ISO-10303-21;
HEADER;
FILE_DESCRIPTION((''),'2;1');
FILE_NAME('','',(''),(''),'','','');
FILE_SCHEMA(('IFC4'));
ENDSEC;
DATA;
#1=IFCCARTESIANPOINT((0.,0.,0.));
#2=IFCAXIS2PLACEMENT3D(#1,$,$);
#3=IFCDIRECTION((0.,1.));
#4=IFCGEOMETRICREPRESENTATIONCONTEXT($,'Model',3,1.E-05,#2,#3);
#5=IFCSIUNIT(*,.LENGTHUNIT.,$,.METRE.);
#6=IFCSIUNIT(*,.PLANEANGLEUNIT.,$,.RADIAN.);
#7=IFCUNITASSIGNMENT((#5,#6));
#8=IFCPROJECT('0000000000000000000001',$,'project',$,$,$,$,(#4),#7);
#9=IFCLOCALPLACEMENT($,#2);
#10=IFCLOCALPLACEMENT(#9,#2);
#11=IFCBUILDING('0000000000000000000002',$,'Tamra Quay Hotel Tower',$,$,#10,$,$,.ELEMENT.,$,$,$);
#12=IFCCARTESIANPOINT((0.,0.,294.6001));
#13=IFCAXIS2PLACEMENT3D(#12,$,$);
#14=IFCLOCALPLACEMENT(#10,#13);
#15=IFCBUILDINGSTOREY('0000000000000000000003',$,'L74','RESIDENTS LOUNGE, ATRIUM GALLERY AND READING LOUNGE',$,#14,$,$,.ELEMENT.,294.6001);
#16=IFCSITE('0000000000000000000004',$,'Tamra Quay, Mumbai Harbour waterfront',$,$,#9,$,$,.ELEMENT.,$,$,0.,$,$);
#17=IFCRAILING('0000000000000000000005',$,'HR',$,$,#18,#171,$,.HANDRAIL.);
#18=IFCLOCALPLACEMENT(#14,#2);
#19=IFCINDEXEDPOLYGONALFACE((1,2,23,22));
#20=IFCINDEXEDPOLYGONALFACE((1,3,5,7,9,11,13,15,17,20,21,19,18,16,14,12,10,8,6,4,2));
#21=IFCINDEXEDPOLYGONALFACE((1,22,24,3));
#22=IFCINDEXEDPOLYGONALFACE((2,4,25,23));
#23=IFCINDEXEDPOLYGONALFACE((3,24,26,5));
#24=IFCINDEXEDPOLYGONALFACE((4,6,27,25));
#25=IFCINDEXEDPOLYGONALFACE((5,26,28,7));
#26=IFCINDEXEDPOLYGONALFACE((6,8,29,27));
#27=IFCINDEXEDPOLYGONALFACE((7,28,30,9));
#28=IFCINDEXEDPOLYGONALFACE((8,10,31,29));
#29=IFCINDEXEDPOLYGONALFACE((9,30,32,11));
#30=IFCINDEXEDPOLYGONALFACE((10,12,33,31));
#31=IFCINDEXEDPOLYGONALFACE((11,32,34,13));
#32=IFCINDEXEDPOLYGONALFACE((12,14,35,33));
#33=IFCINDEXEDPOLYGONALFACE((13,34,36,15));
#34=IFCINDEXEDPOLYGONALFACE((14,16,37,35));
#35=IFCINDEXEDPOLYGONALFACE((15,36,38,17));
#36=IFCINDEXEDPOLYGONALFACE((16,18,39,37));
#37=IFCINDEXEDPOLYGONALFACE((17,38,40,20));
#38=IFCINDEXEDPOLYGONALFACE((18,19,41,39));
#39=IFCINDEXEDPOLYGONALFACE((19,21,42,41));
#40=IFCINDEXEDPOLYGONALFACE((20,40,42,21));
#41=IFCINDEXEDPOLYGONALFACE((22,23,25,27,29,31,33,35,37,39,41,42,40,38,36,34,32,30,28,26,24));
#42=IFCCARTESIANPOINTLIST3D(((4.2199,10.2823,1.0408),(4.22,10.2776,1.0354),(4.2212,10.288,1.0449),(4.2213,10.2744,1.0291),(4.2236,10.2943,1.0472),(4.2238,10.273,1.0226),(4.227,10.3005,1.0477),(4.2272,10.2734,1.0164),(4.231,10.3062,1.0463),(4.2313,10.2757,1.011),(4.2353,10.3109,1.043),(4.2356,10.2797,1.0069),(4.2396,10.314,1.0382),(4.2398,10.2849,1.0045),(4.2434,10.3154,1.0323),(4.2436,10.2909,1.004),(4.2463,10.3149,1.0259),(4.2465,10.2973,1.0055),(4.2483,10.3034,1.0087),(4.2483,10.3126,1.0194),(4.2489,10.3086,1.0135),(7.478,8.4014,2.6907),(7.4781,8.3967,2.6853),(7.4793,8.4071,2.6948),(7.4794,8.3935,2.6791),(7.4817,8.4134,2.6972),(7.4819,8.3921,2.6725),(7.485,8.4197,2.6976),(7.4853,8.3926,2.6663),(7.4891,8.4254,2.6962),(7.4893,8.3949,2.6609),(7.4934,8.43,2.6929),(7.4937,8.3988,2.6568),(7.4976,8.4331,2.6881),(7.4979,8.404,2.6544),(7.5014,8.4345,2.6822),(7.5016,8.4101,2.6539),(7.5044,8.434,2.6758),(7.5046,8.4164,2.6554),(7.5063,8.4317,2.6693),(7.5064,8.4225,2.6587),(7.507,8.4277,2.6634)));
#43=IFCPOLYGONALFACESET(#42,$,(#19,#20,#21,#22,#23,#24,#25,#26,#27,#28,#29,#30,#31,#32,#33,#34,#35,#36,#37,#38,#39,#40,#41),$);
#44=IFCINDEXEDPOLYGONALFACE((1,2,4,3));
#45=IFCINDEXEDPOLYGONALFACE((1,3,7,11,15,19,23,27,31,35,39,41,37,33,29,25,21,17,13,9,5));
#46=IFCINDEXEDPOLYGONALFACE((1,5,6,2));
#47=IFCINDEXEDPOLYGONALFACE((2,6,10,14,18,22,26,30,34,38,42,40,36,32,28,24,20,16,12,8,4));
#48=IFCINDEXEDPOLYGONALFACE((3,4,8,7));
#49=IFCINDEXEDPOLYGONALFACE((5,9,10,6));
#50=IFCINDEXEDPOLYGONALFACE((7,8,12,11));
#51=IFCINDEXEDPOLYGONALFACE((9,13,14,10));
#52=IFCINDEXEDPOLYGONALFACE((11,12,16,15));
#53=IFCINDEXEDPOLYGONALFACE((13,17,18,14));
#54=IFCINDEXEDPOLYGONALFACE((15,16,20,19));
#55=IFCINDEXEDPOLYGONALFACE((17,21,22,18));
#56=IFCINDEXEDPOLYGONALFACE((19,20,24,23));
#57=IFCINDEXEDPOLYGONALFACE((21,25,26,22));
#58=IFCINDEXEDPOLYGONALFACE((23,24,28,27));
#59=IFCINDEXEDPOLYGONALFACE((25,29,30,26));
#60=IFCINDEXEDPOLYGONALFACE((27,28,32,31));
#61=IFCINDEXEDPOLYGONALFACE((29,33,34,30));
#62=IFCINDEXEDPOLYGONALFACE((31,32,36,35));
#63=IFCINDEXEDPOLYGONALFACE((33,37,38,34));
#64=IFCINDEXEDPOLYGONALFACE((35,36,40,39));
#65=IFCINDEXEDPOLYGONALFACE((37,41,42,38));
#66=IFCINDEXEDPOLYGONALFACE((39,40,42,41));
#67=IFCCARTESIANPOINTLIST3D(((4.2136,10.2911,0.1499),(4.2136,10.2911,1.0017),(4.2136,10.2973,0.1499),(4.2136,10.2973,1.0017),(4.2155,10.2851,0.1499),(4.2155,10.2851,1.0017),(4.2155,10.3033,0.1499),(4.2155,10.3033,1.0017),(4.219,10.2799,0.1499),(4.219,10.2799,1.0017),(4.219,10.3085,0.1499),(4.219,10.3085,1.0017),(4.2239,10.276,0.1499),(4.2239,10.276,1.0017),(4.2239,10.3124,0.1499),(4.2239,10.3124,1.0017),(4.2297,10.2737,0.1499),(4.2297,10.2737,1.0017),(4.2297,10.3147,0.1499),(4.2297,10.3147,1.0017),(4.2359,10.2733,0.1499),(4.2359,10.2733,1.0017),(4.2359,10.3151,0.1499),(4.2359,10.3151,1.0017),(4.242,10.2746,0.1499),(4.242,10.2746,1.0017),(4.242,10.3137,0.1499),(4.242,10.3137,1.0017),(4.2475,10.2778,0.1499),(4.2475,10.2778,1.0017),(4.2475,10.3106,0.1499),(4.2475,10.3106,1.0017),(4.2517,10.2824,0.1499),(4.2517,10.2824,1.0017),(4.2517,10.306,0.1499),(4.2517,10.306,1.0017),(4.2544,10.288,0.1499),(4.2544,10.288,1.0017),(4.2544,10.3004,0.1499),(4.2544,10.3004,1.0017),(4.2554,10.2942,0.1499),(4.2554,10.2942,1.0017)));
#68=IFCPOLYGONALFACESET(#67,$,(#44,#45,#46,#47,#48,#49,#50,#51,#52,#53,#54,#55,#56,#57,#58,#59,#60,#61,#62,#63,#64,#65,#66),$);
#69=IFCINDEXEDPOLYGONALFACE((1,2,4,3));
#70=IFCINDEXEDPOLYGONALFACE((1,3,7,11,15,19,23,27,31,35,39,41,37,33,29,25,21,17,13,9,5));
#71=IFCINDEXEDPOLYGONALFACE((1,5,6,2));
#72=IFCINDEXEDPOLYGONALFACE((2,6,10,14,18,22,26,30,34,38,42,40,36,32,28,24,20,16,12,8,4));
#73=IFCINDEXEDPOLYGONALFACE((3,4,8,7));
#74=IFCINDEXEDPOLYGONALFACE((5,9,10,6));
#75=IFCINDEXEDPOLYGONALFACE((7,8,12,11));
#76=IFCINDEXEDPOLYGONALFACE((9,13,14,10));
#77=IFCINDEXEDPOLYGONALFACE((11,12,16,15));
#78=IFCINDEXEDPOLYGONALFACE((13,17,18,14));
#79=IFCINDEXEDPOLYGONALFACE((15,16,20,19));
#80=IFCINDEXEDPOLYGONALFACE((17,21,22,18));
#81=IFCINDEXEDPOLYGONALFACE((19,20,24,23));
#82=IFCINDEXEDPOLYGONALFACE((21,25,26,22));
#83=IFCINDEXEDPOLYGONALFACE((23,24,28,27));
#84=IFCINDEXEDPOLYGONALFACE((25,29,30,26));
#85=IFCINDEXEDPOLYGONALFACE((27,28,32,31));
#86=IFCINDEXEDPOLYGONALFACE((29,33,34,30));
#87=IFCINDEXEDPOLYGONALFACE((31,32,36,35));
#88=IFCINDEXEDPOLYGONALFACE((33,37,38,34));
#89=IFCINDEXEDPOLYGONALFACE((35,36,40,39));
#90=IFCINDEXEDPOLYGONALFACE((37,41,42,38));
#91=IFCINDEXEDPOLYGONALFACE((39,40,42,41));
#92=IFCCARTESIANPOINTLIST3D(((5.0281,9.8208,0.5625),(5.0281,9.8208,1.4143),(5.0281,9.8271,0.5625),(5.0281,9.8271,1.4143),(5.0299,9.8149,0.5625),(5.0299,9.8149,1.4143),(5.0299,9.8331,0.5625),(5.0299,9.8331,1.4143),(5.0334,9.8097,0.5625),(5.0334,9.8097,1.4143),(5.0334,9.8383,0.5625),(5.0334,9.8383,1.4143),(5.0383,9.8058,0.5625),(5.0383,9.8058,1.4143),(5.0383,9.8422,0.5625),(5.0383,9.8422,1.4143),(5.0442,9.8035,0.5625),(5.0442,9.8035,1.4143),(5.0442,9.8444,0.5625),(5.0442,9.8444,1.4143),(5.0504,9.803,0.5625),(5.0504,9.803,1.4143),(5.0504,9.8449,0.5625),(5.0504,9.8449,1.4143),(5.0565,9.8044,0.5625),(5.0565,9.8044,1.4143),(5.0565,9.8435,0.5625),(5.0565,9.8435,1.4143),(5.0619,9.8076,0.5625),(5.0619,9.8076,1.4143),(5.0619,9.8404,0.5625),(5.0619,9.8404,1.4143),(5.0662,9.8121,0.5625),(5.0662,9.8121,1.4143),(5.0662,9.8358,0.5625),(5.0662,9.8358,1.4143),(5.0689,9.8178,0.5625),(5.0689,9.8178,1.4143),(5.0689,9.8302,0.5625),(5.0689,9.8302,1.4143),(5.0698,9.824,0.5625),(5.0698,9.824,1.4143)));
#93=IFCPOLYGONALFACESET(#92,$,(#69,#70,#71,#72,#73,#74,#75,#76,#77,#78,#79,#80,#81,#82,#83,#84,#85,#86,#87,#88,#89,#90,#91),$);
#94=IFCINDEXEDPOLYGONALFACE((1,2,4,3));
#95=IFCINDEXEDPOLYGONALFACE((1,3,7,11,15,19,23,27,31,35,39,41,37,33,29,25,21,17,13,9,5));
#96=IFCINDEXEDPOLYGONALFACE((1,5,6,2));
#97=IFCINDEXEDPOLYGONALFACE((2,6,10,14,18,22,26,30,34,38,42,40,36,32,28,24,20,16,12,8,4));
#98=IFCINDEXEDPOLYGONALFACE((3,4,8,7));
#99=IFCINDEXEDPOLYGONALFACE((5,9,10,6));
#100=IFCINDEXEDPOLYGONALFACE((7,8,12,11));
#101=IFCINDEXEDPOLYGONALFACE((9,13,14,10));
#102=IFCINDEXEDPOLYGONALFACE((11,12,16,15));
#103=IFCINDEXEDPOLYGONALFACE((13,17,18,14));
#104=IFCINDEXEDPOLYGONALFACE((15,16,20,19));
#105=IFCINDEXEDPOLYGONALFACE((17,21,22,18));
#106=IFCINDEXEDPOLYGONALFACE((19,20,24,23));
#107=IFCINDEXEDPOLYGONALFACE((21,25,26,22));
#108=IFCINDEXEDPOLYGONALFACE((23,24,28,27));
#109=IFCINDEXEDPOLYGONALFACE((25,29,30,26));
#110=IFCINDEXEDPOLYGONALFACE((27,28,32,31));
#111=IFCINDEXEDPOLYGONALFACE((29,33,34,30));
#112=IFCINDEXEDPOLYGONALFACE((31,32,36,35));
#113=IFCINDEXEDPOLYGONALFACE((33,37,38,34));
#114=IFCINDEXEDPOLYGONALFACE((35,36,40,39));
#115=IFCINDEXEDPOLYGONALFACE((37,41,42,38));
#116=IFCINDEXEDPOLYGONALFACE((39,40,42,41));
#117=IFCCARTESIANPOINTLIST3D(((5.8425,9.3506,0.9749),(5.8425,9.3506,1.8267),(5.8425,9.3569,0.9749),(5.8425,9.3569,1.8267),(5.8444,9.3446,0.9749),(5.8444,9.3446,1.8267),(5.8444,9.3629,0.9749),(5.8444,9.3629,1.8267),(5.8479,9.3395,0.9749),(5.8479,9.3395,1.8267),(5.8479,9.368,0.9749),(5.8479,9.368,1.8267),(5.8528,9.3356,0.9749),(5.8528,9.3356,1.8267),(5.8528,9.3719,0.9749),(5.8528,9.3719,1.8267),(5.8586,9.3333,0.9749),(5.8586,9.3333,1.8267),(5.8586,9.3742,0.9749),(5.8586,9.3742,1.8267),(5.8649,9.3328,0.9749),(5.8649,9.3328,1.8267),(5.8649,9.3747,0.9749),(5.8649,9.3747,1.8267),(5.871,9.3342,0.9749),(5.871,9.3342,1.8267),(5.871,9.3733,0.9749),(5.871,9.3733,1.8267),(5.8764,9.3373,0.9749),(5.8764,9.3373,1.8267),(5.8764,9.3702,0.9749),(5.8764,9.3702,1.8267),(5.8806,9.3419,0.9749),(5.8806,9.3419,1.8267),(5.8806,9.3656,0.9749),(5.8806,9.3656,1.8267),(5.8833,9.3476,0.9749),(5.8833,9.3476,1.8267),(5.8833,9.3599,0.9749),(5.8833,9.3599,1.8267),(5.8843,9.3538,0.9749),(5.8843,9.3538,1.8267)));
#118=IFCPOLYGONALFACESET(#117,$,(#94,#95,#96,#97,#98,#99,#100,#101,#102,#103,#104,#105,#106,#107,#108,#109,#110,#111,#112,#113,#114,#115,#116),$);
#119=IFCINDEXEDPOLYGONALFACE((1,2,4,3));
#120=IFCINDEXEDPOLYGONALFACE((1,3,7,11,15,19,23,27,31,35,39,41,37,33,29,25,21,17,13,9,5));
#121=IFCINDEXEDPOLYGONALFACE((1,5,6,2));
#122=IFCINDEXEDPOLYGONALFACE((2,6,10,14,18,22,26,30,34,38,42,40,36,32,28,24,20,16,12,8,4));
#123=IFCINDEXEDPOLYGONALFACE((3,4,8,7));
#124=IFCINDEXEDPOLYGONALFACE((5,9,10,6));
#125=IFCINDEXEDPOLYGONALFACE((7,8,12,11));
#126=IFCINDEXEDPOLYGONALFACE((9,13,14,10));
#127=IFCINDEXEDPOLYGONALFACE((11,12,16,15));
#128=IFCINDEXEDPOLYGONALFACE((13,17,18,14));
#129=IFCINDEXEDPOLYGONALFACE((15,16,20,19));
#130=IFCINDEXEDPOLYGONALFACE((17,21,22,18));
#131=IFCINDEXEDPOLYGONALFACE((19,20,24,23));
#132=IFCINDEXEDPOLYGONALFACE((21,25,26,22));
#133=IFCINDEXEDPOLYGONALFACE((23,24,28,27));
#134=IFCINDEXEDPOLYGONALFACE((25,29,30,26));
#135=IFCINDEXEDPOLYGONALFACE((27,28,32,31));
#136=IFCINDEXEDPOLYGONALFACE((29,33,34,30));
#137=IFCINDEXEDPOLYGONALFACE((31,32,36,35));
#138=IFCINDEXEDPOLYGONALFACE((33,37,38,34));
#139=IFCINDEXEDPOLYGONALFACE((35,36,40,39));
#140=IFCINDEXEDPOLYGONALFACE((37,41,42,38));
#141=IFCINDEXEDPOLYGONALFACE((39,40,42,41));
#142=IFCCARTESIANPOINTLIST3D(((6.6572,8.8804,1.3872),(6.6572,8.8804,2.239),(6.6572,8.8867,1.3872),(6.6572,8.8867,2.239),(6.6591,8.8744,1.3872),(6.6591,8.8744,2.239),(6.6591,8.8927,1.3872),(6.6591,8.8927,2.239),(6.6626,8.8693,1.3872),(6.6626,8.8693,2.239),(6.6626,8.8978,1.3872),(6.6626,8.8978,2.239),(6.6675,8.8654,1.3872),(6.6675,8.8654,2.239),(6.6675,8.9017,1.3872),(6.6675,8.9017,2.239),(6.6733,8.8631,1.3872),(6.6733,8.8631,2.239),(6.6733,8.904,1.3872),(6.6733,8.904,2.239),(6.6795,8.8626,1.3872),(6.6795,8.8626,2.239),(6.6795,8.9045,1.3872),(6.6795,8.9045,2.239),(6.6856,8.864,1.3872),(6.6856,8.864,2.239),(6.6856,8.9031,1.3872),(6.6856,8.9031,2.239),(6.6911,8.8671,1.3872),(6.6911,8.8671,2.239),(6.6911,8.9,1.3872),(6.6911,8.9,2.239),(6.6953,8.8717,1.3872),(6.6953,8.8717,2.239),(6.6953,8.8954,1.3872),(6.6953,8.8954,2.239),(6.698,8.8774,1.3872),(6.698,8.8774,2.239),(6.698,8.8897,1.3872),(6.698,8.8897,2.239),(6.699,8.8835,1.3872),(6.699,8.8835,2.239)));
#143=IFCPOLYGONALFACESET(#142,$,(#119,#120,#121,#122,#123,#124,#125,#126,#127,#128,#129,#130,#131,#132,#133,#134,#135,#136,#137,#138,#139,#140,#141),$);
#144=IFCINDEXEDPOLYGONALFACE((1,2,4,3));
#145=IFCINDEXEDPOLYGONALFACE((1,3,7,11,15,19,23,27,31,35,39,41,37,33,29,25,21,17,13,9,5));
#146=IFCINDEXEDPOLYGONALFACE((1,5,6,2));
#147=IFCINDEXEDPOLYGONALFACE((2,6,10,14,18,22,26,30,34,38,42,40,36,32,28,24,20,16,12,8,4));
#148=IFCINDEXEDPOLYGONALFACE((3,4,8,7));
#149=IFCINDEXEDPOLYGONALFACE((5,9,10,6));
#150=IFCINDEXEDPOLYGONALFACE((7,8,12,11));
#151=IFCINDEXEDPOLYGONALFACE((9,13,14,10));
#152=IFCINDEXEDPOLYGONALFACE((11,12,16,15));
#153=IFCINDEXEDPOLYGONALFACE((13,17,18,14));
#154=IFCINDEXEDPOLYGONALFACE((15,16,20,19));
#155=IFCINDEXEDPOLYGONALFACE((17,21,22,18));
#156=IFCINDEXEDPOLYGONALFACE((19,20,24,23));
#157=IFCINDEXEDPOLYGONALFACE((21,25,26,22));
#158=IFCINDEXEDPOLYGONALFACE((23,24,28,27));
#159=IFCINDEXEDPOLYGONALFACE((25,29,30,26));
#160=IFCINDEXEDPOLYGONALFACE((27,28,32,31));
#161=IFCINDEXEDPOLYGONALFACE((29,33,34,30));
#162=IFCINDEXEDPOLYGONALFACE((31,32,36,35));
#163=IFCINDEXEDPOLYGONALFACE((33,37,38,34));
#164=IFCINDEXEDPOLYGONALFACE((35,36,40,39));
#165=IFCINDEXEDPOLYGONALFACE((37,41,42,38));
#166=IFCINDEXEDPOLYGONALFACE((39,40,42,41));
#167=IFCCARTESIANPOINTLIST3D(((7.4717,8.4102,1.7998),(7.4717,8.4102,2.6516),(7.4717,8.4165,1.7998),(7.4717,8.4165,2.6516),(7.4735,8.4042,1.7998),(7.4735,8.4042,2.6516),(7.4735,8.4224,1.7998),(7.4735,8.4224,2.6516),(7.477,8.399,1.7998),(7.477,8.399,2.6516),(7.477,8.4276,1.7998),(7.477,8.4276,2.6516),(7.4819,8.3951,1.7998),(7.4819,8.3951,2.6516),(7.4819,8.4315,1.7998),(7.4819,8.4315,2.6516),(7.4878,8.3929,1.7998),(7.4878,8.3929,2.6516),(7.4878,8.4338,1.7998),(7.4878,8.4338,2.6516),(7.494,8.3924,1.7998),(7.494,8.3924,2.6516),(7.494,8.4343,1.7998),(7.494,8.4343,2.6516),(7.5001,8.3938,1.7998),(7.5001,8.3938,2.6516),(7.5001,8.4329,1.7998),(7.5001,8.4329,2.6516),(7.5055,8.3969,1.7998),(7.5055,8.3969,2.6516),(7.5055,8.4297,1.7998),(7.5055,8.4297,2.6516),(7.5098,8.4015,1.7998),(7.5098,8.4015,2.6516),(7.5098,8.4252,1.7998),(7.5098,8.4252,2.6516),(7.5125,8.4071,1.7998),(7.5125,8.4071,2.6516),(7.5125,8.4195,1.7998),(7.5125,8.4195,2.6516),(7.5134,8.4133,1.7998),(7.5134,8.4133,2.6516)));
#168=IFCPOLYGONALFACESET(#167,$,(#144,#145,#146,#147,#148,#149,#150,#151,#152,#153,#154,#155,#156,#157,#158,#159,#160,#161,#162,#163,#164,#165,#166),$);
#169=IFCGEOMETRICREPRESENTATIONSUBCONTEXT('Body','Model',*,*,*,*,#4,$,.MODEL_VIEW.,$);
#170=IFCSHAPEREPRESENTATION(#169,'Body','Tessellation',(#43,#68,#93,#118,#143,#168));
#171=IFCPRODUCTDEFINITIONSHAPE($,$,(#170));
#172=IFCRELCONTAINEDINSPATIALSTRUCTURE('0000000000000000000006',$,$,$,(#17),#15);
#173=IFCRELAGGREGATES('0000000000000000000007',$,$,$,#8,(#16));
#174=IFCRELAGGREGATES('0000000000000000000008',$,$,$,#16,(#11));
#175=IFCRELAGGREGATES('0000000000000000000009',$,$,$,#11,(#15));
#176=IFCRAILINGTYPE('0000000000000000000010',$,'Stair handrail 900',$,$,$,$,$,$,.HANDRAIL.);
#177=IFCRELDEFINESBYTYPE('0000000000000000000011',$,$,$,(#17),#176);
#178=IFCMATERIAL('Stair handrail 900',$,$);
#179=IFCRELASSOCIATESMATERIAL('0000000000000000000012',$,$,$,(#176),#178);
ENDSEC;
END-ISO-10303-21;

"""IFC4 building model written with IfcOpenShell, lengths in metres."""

from ifc_helpers import new_model, si_unit, direction, frame, origin, origin_2d, place, context, subcontext, project, spatial, circle, extrude, material, type_object, element, save


model = new_model("IFC4")

# Units and contexts
model_context = context("Model", 3, precision=1e-05, world=origin(), true_north=direction((0.0, 1.0)))
body_context = subcontext(model_context, "Body", "Model", "MODEL_VIEW")
ifc_project = project(units=[si_unit("LENGTHUNIT", "METRE"), si_unit("PLANEANGLEUNIT", "RADIAN")], contexts=[model_context])

# Site, building, storey
site_placement = place(None, origin())
site = spatial("IfcSite", under=ifc_project, at=site_placement, Name="Tamra Quay, Mumbai Harbour waterfront", CompositionType="ELEMENT", RefElevation=0.0)
building_placement = place(site_placement, origin())
building = spatial("IfcBuilding", under=site, at=building_placement, Name="Tamra Quay Hotel Tower", CompositionType="ELEMENT")
storey_placement = place(building_placement, frame((0.0, 0.0, 294.6001)))
storey = spatial("IfcBuildingStorey", under=building, at=storey_placement, Name="L74", Description="RESIDENTS LOUNGE, ATRIUM GALLERY AND READING LOUNGE", CompositionType="ELEMENT", Elevation=294.6001)

# Railing
ifc_material_1 = material(Name="Stair handrail 900")
railing_type = type_object("IfcRailingType", Name="Stair handrail 900", PredefinedType="HANDRAIL", material=ifc_material_1)
railing_placement = place(storey_placement, frame((4.2344, 10.2942, 0.1499)))
element("IfcRailing", 1, at=railing_placement, inside=storey, type_object=railing_type, Name="HR", PredefinedType="HANDRAIL", context=body_context, shape_type="SweptSolid", body=[
    extrude(circle(Radius=0.0239, at=origin_2d()), frame((0.0, 0.0, 0.876), z_axis=(0.793122, -0.457865, 0.401642), x_axis=(0.499964, 0.866046, 0.0)), (0.0, 0.0, 1.0), 4.1079),
    extrude(circle(Radius=0.021, at=origin_2d()), origin(), (0.0, 0.0, 1.0), 0.8518),
    extrude(circle(Radius=0.021, at=origin_2d()), frame((0.8145, -0.4702, 0.4126)), (0.0, 0.0, 1.0), 0.8518),
    extrude(circle(Radius=0.021, at=origin_2d()), frame((1.6289, -0.9404, 0.825)), (0.0, 0.0, 1.0), 0.8518),
    extrude(circle(Radius=0.021, at=origin_2d()), frame((2.4436, -1.4106, 1.2373)), (0.0, 0.0, 1.0), 0.8518),
    extrude(circle(Radius=0.021, at=origin_2d()), frame((3.2581, -1.8809, 1.6499)), (0.0, 0.0, 1.0), 0.8518),
])

save(model, "model.ifc")
